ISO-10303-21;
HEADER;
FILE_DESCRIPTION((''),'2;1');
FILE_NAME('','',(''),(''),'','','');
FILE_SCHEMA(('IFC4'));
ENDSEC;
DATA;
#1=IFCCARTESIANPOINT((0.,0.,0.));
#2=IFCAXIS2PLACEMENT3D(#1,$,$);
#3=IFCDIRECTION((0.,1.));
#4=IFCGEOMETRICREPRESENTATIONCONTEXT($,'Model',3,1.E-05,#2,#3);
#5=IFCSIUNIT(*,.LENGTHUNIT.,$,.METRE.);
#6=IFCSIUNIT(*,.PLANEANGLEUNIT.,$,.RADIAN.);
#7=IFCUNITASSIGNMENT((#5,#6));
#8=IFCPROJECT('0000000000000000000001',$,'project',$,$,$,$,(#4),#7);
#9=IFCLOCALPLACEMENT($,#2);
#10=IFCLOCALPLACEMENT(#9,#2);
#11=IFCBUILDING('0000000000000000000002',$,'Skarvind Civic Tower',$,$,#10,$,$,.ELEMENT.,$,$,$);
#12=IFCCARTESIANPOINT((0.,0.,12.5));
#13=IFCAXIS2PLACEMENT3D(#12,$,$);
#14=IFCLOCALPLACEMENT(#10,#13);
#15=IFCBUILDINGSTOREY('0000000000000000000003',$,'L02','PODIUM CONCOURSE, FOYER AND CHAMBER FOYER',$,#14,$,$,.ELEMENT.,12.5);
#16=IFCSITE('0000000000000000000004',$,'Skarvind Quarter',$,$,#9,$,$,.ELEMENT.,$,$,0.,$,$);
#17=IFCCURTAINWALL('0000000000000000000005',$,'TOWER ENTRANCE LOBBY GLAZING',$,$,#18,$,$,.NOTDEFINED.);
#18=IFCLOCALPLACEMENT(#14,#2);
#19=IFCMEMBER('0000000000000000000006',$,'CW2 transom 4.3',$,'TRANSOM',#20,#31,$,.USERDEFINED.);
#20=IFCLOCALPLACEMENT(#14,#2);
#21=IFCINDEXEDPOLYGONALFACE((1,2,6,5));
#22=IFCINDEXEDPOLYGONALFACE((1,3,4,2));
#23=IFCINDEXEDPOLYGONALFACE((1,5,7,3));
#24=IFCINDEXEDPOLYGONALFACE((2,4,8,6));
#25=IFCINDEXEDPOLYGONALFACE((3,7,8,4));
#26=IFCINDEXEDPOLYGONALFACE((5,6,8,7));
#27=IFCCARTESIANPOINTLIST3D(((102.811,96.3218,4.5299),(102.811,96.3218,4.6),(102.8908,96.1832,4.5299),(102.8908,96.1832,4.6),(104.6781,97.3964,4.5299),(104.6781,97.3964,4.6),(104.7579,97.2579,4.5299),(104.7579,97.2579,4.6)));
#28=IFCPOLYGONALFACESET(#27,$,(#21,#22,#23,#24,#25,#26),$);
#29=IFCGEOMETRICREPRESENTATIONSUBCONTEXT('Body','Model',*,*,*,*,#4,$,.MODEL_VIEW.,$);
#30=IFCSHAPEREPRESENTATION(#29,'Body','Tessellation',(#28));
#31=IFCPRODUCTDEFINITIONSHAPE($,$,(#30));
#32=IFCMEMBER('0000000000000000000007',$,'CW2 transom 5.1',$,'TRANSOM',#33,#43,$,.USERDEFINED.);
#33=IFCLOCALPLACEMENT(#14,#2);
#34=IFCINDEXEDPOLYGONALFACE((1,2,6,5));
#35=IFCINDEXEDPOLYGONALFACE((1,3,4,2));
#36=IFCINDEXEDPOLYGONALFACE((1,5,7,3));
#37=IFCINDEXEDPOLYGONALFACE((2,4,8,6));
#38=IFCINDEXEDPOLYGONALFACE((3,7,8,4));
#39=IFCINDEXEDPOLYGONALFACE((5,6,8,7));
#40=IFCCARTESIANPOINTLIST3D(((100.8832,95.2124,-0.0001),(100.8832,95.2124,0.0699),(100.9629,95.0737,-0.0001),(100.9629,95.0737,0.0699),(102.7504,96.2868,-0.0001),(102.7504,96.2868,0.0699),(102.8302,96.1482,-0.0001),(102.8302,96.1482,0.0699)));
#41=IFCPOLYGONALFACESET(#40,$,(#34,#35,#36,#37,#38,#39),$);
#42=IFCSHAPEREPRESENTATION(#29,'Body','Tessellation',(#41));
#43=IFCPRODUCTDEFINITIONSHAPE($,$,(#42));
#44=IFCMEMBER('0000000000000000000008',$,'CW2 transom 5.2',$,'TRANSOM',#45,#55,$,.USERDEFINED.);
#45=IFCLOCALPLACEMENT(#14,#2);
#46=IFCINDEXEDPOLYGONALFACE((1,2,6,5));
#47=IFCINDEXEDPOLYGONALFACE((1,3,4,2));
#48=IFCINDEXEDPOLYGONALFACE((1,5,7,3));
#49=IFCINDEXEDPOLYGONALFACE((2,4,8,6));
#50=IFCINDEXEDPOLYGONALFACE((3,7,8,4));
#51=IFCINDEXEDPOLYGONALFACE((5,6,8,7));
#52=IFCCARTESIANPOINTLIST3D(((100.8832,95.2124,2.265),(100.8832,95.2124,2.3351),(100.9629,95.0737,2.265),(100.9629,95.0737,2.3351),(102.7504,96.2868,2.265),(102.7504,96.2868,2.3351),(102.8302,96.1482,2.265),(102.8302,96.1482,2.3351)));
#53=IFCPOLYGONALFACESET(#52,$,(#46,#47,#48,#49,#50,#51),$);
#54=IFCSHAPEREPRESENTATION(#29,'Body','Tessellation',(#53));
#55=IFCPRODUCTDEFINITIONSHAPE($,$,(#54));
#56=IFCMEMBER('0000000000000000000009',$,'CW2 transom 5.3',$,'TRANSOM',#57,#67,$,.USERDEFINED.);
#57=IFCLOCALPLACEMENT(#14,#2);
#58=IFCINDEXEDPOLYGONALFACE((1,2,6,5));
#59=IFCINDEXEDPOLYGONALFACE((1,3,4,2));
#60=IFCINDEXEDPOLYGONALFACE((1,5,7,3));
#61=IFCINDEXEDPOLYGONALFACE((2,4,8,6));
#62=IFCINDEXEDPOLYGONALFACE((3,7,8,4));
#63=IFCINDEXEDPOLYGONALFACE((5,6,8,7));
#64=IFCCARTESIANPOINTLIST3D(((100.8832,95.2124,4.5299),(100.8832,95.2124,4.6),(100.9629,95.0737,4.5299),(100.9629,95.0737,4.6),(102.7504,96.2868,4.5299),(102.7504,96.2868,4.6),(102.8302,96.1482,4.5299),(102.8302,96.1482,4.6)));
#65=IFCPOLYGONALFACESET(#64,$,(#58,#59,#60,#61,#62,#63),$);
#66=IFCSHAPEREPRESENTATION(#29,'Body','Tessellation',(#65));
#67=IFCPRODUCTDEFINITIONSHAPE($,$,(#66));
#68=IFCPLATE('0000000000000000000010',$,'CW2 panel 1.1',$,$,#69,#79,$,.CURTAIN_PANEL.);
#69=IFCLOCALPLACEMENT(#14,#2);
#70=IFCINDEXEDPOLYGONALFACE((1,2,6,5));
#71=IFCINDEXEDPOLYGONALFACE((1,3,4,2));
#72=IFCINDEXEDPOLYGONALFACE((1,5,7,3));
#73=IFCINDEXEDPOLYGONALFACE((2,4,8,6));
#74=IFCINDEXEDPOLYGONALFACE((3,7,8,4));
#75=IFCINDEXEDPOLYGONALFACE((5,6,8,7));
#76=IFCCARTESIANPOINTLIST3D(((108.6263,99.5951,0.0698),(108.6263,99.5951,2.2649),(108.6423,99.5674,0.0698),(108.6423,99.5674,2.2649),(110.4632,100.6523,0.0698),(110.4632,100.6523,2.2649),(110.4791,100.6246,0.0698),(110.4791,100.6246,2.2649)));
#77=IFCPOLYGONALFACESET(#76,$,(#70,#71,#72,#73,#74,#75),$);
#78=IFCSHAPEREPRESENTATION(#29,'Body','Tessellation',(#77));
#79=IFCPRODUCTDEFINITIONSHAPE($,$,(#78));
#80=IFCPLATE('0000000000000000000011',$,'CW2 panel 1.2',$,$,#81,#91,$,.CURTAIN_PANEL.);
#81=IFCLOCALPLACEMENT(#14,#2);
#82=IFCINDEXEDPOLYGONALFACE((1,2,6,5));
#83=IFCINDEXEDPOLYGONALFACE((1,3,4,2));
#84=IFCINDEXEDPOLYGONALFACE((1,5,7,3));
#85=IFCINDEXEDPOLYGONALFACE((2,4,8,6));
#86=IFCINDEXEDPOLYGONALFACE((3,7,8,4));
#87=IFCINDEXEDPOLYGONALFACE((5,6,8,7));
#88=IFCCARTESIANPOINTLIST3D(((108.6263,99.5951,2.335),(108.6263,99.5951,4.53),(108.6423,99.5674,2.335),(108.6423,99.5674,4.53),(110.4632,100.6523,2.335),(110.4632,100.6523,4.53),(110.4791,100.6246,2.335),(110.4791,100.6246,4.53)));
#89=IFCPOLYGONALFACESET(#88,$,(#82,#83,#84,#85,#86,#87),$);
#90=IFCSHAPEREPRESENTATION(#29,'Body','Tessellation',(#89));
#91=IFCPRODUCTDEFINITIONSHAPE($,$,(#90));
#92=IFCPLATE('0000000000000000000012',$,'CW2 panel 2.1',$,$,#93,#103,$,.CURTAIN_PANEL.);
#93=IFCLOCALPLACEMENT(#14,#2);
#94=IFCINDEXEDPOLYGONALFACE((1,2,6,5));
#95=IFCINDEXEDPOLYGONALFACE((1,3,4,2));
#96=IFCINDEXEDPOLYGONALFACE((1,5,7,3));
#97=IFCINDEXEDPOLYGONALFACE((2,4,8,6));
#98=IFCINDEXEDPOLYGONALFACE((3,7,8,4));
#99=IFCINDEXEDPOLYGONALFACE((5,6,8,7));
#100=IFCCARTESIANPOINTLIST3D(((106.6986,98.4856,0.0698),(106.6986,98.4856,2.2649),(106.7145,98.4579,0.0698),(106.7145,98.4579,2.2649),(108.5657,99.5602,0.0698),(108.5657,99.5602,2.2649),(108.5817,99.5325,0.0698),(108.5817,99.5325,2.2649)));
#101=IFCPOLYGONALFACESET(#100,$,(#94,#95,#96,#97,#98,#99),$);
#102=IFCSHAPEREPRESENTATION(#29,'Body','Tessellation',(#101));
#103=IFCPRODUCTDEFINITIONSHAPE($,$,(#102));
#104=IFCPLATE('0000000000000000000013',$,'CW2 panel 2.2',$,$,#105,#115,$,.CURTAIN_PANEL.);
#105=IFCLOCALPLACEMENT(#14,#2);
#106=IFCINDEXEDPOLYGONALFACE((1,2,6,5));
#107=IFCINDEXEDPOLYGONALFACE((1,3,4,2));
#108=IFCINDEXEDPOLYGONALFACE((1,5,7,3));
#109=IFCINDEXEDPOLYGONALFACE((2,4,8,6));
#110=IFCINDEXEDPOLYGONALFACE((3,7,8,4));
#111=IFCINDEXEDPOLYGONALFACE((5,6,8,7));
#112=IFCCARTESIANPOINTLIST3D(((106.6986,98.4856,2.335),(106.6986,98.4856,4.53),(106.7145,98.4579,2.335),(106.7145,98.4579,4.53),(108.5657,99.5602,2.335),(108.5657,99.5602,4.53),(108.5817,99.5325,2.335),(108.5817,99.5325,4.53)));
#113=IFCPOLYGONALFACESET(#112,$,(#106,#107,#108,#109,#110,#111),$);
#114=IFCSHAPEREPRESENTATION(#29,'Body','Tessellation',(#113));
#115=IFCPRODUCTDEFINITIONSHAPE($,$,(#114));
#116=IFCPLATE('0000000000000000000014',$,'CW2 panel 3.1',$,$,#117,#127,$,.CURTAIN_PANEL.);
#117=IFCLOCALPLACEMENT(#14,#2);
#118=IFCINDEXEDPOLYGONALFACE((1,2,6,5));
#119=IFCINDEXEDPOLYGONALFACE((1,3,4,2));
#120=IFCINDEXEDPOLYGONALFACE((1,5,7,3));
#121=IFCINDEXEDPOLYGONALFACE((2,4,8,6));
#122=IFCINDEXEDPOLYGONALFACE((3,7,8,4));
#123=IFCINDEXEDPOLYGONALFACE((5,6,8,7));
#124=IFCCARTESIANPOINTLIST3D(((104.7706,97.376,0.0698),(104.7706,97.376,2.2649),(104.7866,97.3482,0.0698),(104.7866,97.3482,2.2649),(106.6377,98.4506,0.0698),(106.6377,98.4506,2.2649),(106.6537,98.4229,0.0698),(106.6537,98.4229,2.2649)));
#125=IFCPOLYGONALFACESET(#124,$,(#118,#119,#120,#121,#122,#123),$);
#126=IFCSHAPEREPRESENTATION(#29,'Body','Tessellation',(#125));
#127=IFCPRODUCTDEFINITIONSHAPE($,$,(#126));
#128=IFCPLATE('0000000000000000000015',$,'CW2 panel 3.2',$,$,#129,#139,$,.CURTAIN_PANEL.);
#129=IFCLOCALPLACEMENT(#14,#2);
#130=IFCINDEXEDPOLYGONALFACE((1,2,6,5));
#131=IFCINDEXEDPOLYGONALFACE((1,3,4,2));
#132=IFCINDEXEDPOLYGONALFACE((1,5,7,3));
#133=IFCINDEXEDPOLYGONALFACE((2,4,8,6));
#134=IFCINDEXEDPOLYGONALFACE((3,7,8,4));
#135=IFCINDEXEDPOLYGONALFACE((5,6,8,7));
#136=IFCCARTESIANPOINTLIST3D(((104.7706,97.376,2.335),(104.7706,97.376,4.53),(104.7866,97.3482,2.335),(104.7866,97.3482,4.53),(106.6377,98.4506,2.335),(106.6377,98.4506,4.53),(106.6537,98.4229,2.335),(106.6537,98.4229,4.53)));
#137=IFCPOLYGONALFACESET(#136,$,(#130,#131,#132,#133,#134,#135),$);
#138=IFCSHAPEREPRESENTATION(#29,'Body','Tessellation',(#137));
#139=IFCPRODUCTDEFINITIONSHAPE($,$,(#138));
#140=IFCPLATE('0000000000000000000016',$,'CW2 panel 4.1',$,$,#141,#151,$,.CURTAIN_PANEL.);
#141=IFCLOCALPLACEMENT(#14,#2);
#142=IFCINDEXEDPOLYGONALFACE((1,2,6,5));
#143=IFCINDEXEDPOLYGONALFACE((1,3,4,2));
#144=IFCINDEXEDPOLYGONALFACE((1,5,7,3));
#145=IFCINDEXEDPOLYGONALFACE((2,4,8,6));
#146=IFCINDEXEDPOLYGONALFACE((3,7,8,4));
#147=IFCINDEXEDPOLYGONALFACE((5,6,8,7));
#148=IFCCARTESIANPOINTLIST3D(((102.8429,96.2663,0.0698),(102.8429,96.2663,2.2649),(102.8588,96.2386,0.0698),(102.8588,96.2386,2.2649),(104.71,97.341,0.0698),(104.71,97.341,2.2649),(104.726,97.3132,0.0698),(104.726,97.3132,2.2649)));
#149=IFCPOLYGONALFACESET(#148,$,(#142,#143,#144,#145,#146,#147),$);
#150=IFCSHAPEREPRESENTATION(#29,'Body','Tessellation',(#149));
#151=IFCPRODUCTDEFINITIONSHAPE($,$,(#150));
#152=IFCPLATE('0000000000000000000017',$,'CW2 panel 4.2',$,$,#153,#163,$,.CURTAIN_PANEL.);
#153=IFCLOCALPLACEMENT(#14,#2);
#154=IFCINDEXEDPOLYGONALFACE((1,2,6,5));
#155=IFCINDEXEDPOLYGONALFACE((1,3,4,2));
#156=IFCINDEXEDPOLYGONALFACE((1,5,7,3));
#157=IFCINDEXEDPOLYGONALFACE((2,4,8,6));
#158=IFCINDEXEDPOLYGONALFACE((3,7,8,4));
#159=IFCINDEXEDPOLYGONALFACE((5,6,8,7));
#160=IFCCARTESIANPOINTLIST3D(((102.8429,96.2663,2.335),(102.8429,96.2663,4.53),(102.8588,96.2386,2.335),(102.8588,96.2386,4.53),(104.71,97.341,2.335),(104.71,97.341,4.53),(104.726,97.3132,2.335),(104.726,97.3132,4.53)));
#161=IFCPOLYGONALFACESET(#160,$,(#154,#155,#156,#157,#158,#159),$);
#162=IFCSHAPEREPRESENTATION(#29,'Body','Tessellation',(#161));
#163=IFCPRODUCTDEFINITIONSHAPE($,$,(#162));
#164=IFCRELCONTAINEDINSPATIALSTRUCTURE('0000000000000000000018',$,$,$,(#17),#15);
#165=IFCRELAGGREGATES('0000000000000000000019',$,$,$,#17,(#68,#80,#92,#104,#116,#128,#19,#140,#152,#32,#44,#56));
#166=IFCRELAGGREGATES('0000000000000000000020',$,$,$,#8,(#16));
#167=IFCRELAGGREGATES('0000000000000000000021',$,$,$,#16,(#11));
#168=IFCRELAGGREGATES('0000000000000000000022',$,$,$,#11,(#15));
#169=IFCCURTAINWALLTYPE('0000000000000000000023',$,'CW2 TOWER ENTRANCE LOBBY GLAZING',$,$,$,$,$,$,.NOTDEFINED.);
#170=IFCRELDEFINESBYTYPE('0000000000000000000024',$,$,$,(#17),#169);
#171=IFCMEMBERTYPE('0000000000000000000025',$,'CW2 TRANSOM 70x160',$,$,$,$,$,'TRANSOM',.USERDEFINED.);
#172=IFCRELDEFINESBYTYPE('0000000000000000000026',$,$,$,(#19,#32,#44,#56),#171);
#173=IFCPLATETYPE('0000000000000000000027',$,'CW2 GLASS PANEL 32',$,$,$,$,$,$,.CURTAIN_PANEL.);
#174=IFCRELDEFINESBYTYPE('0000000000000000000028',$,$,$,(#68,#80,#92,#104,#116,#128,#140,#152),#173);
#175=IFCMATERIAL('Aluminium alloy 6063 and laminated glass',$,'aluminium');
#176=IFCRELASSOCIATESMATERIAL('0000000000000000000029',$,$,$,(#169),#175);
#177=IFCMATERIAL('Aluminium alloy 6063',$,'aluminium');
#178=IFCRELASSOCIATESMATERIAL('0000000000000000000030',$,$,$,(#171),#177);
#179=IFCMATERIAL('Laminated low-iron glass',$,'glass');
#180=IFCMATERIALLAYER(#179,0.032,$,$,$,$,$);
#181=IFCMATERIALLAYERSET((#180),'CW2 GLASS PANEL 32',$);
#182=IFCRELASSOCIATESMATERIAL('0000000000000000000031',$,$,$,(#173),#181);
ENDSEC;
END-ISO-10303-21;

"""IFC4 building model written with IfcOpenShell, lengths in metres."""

from ifc_helpers import new_model, si_unit, direction, frame, origin, origin_2d, place, context, subcontext, project, spatial, rectangle, extrude, material, layer, layer_set, material_profile, profile_set, type_object, element, aggregate, save


model = new_model("IFC4")

# Units and contexts
model_context = context("Model", 3, precision=1e-05, world=origin(), true_north=direction((0.0, 1.0)))
body_context = subcontext(model_context, "Body", "Model", "MODEL_VIEW")
ifc_project = project(units=[si_unit("LENGTHUNIT", "METRE"), si_unit("PLANEANGLEUNIT", "RADIAN")], contexts=[model_context])

# Site, building, storey
site_placement = place(None, origin())
site = spatial("IfcSite", under=ifc_project, at=site_placement, Name="Skarvind Quarter", CompositionType="ELEMENT", RefElevation=0.0)
building_placement = place(site_placement, origin())
building = spatial("IfcBuilding", under=site, at=building_placement, Name="Skarvind Civic Tower", CompositionType="ELEMENT")
storey_placement = place(building_placement, frame((0.0, 0.0, 12.5)))
storey = spatial("IfcBuildingStorey", under=building, at=storey_placement, Name="L02", Description="PODIUM CONCOURSE, FOYER AND CHAMBER FOYER", CompositionType="ELEMENT", Elevation=12.5)

# Curtain wall, members, plates
ifc_material_1 = material(Name="Aluminium alloy 6063 and laminated glass", Category="aluminium")
curtain_wall_type = type_object("IfcCurtainWallType", Name="CW2 TOWER ENTRANCE LOBBY GLAZING", PredefinedType="NOTDEFINED", material=ifc_material_1)
curtain_wall_placement = place(storey_placement, origin())
curtain_wall = element("IfcCurtainWall", 1, at=curtain_wall_placement, inside=storey, type_object=curtain_wall_type, Name="TOWER ENTRANCE LOBBY GLAZING", PredefinedType="NOTDEFINED")
ifc_material_2 = material(Name="Aluminium alloy 6063", Category="aluminium")
ifc_material_profile_1 = material_profile(ifc_material_2, rectangle(XDim=0.1599, YDim=0.0701, at=origin_2d()), Name="AL 70x160")
ifc_profile_set_1 = profile_set([ifc_material_profile_1], Name="Aluminium alloy 6063")
member_type_1 = type_object("IfcMemberType", Name="CW2 TRANSOM 70x160", ElementType="TRANSOM", PredefinedType="USERDEFINED", material=ifc_profile_set_1)
member_1_placement = place(storey_placement, frame((104.718, 97.3271, 4.5649), z_axis=(-0.866691, -0.498846, 0.0), x_axis=(0.498846, -0.866691, 0.0)))
member_1 = element("IfcMember", 2, at=member_1_placement, type_object=member_type_1, Name="CW2 transom 4.3", ObjectType="TRANSOM", PredefinedType="USERDEFINED", context=body_context, shape_type="SweptSolid", body=[
    extrude(rectangle(XDim=0.1599, YDim=0.0701, at=origin_2d()), origin(), (0.0, 0.0, 1.0), 2.1543),
])
member_2_placement = place(storey_placement, frame((102.7903, 96.2175, 0.0349), z_axis=(-0.86674, -0.498761, 0.0), x_axis=(0.498761, -0.86674, 0.0)))
member_2 = element("IfcMember", 3, at=member_2_placement, type_object=member_type_1, Name="CW2 transom 5.1", ObjectType="TRANSOM", PredefinedType="USERDEFINED", context=body_context, shape_type="SweptSolid", body=[
    extrude(rectangle(XDim=0.1599, YDim=0.0701, at=origin_2d()), origin(), (0.0, 0.0, 1.0), 2.1543),
])
member_3_placement = place(storey_placement, frame((102.7903, 96.2175, 2.3), z_axis=(-0.86674, -0.498761, 0.0), x_axis=(0.498761, -0.86674, 0.0)))
member_3 = element("IfcMember", 4, at=member_3_placement, type_object=member_type_1, Name="CW2 transom 5.2", ObjectType="TRANSOM", PredefinedType="USERDEFINED", context=body_context, shape_type="SweptSolid", body=[
    extrude(rectangle(XDim=0.1599, YDim=0.0701, at=origin_2d()), origin(), (0.0, 0.0, 1.0), 2.1543),
])
member_4_placement = place(storey_placement, frame((102.7903, 96.2175, 4.5649), z_axis=(-0.86674, -0.498761, 0.0), x_axis=(0.498761, -0.86674, 0.0)))
member_4 = element("IfcMember", 5, at=member_4_placement, type_object=member_type_1, Name="CW2 transom 5.3", ObjectType="TRANSOM", PredefinedType="USERDEFINED", context=body_context, shape_type="SweptSolid", body=[
    extrude(rectangle(XDim=0.1599, YDim=0.0701, at=origin_2d()), origin(), (0.0, 0.0, 1.0), 2.1543),
])
ifc_material_3 = material(Name="Laminated low-iron glass", Category="glass")
ifc_layer = layer(ifc_material_3, 0.032)
ifc_layer_set = layer_set([ifc_layer], Name="CW2 GLASS PANEL 32")
plate_type = type_object("IfcPlateType", Name="CW2 GLASS PANEL 32", PredefinedType="CURTAIN_PANEL", material=ifc_layer_set)
plate_1_placement = place(storey_placement, frame((109.5527, 100.1099, 0.0698), z_axis=(0.0, 0.0, 1.0), x_axis=(-0.866702, -0.498825, 0.0)))
plate_1 = element("IfcPlate", 6, at=plate_1_placement, type_object=plate_type, Name="CW2 panel 1.1", PredefinedType="CURTAIN_PANEL", context=body_context, shape_type="SweptSolid", body=[
    extrude(rectangle(XDim=2.1194, YDim=0.032, at=origin_2d()), origin(), (0.0, 0.0, 1.0), 2.1951),
])
plate_2_placement = place(storey_placement, frame((109.5527, 100.1099, 2.335), z_axis=(0.0, 0.0, 1.0), x_axis=(-0.866702, -0.498825, 0.0)))
plate_2 = element("IfcPlate", 7, at=plate_2_placement, type_object=plate_type, Name="CW2 panel 1.2", PredefinedType="CURTAIN_PANEL", context=body_context, shape_type="SweptSolid", body=[
    extrude(rectangle(XDim=2.1194, YDim=0.032, at=origin_2d()), origin(), (0.0, 0.0, 1.0), 2.1951),
])
plate_3_placement = place(storey_placement, frame((107.6401, 99.009, 0.0698), z_axis=(0.0, 0.0, 1.0), x_axis=(-0.866702, -0.498825, 0.0)))
plate_3 = element("IfcPlate", 8, at=plate_3_placement, type_object=plate_type, Name="CW2 panel 2.1", PredefinedType="CURTAIN_PANEL", context=body_context, shape_type="SweptSolid", body=[
    extrude(rectangle(XDim=2.1543, YDim=0.032, at=origin_2d()), origin(), (0.0, 0.0, 1.0), 2.1951),
])
plate_4_placement = place(storey_placement, frame((107.6401, 99.009, 2.335), z_axis=(0.0, 0.0, 1.0), x_axis=(-0.866702, -0.498825, 0.0)))
plate_4 = element("IfcPlate", 9, at=plate_4_placement, type_object=plate_type, Name="CW2 panel 2.2", PredefinedType="CURTAIN_PANEL", context=body_context, shape_type="SweptSolid", body=[
    extrude(rectangle(XDim=2.1543, YDim=0.032, at=origin_2d()), origin(), (0.0, 0.0, 1.0), 2.1951),
])
plate_5_placement = place(storey_placement, frame((105.7122, 97.8994, 0.0698), z_axis=(0.0, 0.0, 1.0), x_axis=(-0.866702, -0.498825, 0.0)))
plate_5 = element("IfcPlate", 10, at=plate_5_placement, type_object=plate_type, Name="CW2 panel 3.1", PredefinedType="CURTAIN_PANEL", context=body_context, shape_type="SweptSolid", body=[
    extrude(rectangle(XDim=2.1543, YDim=0.032, at=origin_2d()), origin(), (0.0, 0.0, 1.0), 2.1951),
])
plate_6_placement = place(storey_placement, frame((105.7122, 97.8994, 2.335), z_axis=(0.0, 0.0, 1.0), x_axis=(-0.866702, -0.498825, 0.0)))
plate_6 = element("IfcPlate", 11, at=plate_6_placement, type_object=plate_type, Name="CW2 panel 3.2", PredefinedType="CURTAIN_PANEL", context=body_context, shape_type="SweptSolid", body=[
    extrude(rectangle(XDim=2.1543, YDim=0.032, at=origin_2d()), origin(), (0.0, 0.0, 1.0), 2.1951),
])
plate_7_placement = place(storey_placement, frame((103.7844, 96.7898, 0.0698), z_axis=(0.0, 0.0, 1.0), x_axis=(-0.866702, -0.498825, 0.0)))
plate_7 = element("IfcPlate", 12, at=plate_7_placement, type_object=plate_type, Name="CW2 panel 4.1", PredefinedType="CURTAIN_PANEL", context=body_context, shape_type="SweptSolid", body=[
    extrude(rectangle(XDim=2.1543, YDim=0.032, at=origin_2d()), origin(), (0.0, 0.0, 1.0), 2.1951),
])
plate_8_placement = place(storey_placement, frame((103.7844, 96.7898, 2.335), z_axis=(0.0, 0.0, 1.0), x_axis=(-0.866702, -0.498825, 0.0)))
plate_8 = element("IfcPlate", 13, at=plate_8_placement, type_object=plate_type, Name="CW2 panel 4.2", PredefinedType="CURTAIN_PANEL", context=body_context, shape_type="SweptSolid", body=[
    extrude(rectangle(XDim=2.1543, YDim=0.032, at=origin_2d()), origin(), (0.0, 0.0, 1.0), 2.1951),
])
aggregate(curtain_wall, [plate_1, plate_2, plate_3, plate_4, plate_5, plate_6, member_1, plate_7, plate_8, member_2, member_3, member_4])

save(model, "model.ifc")
